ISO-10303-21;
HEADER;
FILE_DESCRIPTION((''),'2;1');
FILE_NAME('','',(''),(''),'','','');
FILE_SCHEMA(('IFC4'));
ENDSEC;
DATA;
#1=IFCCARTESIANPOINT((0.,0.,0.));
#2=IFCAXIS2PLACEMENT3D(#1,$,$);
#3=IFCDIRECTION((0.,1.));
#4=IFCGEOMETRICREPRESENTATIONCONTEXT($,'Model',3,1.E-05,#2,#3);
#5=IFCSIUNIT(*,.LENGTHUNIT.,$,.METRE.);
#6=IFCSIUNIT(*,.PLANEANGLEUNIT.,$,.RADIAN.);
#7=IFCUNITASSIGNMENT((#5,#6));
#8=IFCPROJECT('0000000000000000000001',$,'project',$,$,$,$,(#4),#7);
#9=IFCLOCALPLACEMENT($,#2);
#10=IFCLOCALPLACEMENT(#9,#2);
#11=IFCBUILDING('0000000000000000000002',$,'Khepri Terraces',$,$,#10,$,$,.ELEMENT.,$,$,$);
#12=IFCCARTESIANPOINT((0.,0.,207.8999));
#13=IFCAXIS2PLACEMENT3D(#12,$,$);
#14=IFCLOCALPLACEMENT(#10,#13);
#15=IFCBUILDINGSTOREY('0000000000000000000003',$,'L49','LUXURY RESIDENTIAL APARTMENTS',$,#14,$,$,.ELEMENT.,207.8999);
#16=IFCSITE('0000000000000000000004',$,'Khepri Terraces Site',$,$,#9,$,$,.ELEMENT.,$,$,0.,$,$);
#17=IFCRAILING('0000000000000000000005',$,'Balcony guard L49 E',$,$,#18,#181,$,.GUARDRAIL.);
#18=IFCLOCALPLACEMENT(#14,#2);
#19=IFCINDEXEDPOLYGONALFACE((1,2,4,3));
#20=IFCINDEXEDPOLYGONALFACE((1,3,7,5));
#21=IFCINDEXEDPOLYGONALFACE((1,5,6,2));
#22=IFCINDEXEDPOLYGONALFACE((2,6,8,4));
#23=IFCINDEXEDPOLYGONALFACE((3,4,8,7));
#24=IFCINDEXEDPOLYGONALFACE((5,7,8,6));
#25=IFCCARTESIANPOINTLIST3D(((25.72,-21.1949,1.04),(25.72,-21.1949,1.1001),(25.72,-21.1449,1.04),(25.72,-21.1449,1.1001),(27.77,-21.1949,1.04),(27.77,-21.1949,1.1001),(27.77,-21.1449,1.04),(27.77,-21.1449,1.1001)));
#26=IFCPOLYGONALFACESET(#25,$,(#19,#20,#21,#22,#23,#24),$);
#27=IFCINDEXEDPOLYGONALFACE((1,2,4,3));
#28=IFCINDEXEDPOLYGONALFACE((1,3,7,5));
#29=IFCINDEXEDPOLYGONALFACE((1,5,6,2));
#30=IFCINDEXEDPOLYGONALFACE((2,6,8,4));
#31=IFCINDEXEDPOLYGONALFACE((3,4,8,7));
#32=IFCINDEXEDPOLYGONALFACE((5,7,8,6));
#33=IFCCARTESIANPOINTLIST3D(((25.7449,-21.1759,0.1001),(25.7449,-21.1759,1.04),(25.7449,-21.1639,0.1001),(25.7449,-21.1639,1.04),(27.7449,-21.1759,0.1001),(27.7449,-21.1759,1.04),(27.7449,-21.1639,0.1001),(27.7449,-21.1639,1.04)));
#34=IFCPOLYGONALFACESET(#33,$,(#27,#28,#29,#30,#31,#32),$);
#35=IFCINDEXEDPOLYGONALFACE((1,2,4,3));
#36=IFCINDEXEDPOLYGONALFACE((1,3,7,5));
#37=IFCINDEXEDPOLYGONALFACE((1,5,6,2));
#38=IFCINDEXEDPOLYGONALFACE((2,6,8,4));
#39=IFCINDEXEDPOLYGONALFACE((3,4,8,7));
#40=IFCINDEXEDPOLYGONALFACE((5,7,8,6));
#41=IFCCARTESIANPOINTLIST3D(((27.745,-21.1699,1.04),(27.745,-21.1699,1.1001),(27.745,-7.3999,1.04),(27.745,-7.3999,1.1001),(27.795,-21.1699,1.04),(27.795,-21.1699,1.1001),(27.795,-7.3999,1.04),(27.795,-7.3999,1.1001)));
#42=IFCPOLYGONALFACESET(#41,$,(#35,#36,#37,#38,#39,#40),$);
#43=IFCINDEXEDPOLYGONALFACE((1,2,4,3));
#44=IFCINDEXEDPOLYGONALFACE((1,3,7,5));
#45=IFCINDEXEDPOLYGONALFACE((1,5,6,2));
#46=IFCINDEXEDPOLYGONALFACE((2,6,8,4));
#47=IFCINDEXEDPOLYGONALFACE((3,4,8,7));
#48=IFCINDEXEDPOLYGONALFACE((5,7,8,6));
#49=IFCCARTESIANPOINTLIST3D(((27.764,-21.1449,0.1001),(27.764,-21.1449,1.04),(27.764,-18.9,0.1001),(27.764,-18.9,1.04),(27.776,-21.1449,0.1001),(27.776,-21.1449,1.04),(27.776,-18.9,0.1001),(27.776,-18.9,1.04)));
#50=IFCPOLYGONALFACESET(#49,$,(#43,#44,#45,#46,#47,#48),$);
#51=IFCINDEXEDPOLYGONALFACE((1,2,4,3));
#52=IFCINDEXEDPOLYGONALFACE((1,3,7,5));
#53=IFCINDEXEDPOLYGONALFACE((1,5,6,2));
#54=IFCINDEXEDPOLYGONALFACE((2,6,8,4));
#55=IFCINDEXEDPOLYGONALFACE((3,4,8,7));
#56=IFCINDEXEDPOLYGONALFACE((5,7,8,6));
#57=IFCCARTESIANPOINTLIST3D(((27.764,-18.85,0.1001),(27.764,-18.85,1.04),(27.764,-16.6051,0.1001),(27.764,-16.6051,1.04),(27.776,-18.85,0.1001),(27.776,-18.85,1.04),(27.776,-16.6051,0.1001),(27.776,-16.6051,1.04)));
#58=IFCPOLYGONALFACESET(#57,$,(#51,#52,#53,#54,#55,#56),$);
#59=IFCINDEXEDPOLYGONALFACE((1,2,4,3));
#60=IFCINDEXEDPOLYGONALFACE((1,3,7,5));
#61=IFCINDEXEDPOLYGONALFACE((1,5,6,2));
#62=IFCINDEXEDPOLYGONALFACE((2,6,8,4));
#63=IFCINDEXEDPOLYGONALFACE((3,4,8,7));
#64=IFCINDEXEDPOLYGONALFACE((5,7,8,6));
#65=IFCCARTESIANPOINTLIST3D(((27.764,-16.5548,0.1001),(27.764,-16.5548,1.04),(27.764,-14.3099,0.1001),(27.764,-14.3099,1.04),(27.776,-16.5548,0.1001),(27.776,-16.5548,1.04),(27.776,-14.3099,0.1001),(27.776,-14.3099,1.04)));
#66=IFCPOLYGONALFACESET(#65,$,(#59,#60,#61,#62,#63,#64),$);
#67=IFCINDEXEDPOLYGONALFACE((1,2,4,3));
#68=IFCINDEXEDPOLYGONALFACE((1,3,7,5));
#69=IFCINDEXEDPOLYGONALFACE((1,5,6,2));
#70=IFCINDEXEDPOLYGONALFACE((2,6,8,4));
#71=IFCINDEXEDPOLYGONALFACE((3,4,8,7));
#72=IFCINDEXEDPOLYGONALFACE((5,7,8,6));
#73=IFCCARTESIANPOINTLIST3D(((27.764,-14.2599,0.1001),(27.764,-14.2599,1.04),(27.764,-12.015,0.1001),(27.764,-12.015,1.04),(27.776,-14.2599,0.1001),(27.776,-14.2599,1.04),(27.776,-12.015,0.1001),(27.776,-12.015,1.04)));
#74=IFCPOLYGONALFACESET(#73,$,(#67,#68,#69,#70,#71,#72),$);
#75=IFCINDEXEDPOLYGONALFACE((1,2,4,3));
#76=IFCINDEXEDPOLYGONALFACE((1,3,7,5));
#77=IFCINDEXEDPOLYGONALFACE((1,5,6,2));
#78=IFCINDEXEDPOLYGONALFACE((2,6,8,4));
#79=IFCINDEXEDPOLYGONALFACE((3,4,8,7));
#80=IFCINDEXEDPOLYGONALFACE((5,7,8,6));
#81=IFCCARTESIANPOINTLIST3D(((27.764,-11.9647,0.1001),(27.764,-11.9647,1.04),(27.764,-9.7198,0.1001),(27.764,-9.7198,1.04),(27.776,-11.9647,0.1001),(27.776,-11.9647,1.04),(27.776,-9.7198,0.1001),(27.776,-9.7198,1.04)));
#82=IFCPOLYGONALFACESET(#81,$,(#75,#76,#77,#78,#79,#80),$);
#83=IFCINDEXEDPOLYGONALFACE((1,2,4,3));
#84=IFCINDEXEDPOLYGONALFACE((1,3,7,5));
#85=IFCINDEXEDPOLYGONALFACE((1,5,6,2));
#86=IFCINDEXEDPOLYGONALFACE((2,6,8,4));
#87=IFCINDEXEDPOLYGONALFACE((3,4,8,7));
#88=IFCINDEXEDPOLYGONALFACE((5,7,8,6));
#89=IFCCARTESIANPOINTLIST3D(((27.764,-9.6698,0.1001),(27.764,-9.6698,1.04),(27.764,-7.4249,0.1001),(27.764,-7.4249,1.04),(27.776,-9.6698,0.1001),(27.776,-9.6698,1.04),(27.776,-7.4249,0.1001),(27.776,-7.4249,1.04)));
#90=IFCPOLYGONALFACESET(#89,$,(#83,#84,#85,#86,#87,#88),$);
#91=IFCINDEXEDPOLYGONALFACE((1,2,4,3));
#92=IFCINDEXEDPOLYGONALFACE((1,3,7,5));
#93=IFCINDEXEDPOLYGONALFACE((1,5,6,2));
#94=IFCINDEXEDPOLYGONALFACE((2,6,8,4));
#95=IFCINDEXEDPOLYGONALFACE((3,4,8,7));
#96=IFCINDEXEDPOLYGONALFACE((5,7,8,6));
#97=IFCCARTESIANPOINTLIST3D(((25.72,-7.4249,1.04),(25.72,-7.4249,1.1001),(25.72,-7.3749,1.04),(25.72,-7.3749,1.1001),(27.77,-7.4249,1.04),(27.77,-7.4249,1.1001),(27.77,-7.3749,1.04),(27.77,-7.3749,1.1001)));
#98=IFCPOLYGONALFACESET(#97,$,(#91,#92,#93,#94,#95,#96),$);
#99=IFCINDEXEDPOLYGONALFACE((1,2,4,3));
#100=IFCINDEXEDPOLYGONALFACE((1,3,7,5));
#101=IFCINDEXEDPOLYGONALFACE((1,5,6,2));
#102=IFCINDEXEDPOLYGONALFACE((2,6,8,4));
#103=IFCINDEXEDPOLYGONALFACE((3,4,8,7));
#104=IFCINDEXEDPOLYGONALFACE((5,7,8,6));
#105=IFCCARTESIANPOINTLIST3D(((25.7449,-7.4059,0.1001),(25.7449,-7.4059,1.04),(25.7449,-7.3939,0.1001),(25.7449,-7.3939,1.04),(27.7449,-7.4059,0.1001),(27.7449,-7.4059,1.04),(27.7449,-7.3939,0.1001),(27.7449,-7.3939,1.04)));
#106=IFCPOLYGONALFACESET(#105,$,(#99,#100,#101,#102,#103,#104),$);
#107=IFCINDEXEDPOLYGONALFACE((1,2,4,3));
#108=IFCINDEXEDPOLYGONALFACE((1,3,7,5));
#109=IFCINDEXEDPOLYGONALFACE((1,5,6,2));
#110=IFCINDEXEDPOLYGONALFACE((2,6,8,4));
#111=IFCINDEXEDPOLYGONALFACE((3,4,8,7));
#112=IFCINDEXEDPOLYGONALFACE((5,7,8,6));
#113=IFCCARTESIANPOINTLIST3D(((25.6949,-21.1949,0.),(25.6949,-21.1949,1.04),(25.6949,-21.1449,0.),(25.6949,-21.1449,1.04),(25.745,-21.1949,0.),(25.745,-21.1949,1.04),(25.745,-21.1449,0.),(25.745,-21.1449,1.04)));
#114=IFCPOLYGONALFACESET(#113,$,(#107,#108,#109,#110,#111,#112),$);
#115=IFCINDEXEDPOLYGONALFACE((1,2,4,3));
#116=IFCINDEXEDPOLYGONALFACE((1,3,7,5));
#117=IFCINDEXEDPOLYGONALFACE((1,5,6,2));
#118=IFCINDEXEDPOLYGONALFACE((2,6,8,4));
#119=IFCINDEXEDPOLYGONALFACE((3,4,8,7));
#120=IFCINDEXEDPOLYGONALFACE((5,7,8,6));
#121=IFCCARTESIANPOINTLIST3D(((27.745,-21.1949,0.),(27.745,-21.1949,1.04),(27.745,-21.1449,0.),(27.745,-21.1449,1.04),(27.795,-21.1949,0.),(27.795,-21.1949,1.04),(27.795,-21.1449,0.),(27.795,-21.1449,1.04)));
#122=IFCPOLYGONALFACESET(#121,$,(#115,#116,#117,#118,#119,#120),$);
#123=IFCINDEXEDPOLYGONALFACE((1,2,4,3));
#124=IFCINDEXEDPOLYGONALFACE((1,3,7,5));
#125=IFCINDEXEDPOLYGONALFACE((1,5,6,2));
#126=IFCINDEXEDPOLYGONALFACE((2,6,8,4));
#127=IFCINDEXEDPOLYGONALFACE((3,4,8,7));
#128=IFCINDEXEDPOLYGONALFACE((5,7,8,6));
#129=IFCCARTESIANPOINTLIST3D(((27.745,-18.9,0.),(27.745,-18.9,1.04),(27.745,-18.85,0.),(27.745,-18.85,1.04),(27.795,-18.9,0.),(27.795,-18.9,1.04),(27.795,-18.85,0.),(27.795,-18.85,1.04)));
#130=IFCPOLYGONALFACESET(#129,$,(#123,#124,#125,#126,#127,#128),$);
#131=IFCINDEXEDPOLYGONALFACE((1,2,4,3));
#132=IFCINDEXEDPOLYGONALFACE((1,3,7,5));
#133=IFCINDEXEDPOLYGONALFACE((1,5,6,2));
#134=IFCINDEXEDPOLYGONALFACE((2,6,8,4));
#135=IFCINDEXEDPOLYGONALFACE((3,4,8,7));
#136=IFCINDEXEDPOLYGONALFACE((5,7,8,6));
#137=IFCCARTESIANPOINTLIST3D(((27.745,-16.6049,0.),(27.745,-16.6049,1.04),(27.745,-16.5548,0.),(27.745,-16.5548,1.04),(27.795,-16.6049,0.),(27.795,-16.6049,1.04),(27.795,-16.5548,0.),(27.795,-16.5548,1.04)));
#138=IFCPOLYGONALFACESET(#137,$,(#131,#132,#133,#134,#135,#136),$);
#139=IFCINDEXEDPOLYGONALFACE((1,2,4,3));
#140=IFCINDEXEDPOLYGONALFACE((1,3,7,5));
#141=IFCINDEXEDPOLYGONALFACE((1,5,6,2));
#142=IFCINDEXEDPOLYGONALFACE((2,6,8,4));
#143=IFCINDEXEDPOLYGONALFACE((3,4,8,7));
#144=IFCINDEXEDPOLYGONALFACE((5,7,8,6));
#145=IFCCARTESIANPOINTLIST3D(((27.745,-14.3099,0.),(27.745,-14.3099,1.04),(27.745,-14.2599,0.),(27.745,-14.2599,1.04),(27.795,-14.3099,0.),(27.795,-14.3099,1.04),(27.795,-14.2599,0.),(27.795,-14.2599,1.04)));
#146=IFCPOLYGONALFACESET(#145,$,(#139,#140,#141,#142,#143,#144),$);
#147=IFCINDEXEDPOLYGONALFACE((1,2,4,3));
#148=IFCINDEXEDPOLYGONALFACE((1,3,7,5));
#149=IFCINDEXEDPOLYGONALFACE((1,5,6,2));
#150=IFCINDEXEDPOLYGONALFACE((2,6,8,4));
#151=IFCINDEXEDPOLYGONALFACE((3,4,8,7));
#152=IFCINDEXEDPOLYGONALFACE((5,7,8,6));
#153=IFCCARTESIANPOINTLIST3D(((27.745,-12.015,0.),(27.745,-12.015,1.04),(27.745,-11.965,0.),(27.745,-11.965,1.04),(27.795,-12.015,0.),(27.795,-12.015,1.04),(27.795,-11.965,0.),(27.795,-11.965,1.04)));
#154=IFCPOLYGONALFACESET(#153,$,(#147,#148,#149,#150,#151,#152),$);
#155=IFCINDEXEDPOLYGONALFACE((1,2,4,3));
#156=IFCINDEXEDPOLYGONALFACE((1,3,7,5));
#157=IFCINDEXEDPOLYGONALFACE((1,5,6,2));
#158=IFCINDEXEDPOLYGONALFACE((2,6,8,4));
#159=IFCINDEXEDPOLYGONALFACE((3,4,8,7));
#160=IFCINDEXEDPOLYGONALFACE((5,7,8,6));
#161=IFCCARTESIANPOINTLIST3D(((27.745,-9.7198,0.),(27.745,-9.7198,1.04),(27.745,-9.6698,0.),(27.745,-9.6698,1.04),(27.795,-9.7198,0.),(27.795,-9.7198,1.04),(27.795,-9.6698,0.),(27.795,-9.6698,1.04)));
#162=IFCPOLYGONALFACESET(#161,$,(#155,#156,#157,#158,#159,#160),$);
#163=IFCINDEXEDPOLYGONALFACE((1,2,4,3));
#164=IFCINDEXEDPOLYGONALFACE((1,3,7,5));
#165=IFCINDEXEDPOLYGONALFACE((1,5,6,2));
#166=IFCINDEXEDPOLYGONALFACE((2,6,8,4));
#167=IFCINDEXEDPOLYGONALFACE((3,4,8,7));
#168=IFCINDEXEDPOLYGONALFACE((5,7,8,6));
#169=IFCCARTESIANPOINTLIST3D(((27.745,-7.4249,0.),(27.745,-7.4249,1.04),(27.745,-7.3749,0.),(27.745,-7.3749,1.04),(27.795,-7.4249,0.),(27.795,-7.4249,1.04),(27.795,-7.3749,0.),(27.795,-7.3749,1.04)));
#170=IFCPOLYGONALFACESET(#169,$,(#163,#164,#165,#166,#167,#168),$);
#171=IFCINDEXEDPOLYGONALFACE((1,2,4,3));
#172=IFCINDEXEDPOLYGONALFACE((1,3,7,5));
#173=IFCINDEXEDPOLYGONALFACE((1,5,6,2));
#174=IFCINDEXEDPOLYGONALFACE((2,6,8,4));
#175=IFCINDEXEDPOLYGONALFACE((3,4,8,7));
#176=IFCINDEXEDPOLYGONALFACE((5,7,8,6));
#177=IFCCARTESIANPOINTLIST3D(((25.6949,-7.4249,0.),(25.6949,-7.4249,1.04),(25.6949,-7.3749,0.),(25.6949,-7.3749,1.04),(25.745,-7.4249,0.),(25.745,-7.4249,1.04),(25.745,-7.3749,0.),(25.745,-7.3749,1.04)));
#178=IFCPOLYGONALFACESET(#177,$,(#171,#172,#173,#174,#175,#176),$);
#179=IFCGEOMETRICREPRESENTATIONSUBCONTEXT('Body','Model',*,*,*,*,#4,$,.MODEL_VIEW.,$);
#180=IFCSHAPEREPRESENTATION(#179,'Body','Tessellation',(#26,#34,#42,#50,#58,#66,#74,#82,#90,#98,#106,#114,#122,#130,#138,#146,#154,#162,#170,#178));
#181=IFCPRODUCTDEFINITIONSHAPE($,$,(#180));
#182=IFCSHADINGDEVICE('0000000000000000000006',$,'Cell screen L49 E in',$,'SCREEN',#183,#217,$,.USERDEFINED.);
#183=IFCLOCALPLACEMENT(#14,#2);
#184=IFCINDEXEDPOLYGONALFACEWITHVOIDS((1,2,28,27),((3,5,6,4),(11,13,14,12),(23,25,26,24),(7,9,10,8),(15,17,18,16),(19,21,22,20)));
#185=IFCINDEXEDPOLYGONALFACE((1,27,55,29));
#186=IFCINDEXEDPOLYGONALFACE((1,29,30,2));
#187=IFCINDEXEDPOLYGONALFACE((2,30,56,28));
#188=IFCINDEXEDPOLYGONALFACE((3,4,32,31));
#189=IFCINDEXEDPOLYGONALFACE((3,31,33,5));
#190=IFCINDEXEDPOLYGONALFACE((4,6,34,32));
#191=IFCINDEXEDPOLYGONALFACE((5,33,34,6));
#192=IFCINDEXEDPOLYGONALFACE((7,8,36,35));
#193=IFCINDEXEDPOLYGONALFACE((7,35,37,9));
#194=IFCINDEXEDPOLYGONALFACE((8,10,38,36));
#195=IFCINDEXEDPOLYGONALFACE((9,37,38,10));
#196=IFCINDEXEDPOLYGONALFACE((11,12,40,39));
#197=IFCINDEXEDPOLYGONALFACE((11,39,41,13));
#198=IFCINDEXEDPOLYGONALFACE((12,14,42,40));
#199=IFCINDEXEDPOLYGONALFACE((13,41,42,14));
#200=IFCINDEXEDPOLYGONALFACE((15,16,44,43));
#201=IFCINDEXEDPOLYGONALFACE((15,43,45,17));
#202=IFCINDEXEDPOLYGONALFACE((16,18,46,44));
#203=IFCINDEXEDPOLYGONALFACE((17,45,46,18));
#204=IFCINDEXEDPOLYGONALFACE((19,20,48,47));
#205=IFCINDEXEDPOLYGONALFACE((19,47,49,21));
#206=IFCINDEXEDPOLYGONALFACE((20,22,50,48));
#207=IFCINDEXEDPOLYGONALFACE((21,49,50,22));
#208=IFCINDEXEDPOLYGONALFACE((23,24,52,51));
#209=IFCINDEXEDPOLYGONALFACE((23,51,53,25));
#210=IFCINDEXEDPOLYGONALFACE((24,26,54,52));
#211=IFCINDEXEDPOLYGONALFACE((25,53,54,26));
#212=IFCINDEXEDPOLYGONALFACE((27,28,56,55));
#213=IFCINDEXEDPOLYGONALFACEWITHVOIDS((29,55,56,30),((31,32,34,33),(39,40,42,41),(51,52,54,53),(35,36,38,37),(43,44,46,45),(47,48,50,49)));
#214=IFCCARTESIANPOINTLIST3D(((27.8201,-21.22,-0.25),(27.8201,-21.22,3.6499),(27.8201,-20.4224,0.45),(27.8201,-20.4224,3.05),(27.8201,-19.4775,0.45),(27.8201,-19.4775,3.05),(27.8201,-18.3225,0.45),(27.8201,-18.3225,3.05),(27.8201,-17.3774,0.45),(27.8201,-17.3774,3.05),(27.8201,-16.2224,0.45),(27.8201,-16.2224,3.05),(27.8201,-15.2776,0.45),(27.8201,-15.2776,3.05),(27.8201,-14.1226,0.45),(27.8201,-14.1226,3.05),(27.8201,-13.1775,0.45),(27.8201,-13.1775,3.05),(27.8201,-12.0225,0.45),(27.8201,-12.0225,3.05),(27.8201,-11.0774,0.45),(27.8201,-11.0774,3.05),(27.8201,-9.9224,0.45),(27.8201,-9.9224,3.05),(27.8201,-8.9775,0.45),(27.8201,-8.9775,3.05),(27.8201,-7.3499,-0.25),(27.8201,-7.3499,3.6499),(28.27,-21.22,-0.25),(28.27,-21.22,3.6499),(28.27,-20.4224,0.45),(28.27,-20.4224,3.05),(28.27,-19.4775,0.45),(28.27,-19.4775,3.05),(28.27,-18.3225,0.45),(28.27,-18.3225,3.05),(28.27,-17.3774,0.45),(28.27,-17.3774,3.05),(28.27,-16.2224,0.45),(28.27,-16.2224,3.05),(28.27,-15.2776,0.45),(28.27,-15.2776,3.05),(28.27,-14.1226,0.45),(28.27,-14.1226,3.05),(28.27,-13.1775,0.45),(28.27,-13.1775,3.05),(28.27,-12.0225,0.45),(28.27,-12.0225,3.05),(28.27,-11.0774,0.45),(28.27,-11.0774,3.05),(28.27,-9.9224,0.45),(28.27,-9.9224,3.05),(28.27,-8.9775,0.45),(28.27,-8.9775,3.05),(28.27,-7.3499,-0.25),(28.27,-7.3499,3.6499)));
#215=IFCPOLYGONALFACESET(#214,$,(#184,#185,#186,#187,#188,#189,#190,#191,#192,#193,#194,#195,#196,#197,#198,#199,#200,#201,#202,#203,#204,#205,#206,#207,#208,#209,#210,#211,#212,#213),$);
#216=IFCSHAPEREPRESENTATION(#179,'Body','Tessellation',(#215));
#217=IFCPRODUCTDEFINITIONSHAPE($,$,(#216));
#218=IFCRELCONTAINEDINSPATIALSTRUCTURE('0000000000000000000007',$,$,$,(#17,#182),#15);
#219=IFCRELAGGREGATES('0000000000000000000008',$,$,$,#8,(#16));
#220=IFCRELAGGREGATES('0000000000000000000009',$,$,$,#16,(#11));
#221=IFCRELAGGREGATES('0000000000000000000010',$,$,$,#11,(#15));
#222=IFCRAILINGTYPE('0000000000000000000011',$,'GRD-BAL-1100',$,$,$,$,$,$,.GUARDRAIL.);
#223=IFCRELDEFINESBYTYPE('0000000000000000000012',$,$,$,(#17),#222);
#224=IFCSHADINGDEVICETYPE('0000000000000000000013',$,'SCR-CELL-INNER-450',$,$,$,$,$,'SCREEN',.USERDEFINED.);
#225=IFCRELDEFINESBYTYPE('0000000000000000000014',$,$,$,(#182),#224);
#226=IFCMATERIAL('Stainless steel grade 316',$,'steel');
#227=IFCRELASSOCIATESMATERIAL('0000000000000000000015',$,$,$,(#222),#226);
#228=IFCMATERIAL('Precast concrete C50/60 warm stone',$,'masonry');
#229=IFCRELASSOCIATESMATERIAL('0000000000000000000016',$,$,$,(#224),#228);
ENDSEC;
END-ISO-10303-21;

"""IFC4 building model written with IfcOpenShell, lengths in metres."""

from ifc_helpers import new_model, si_unit, direction, frame, origin, origin_2d, place, context, subcontext, project, spatial, polyline, rectangle, outline, extrude, material, type_object, element, save


model = new_model("IFC4")

# Units and contexts
model_context = context("Model", 3, precision=1e-05, world=origin(), true_north=direction((0.0, 1.0)))
body_context = subcontext(model_context, "Body", "Model", "MODEL_VIEW")
ifc_project = project(units=[si_unit("LENGTHUNIT", "METRE"), si_unit("PLANEANGLEUNIT", "RADIAN")], contexts=[model_context])

# Site, building, storey
site_placement = place(None, origin())
site = spatial("IfcSite", under=ifc_project, at=site_placement, Name="Khepri Terraces Site", CompositionType="ELEMENT", RefElevation=0.0)
building_placement = place(site_placement, origin())
building = spatial("IfcBuilding", under=site, at=building_placement, Name="Khepri Terraces", CompositionType="ELEMENT")
storey_placement = place(building_placement, frame((0.0, 0.0, 207.8999)))
storey = spatial("IfcBuildingStorey", under=building, at=storey_placement, Name="L49", Description="LUXURY RESIDENTIAL APARTMENTS", CompositionType="ELEMENT", Elevation=207.8999)

# Shared definitions
ifc_material_1 = material(Name="Precast concrete C50/60 warm stone", Category="masonry")

# Railing
ifc_material_2 = material(Name="Stainless steel grade 316", Category="steel")
railing_type = type_object("IfcRailingType", Name="GRD-BAL-1100", PredefinedType="GUARDRAIL", material=ifc_material_2)
railing_placement = place(storey_placement, frame((25.72, -21.1699, 0.0)))
element("IfcRailing", 1, at=railing_placement, inside=storey, type_object=railing_type, Name="Balcony guard L49 E", PredefinedType="GUARDRAIL", context=body_context, shape_type="SweptSolid", body=[
    extrude(rectangle(XDim=0.05, YDim=0.0601, at=origin_2d()), frame((0.0, 0.0, 1.0701), z_axis=(1.0, 0.0, 0.0), x_axis=(0.0, 1.0, 0.0)), (0.0, 0.0, 1.0), 2.05),
    extrude(rectangle(XDim=2.0, YDim=0.012, at=origin_2d()), frame((1.0249, 0.0, 0.1001), z_axis=(0.0, 0.0, 1.0), x_axis=(1.0, 0.0, 0.0)), (0.0, 0.0, 1.0), 0.9399),
    extrude(rectangle(XDim=0.05, YDim=0.0601, at=origin_2d()), frame((2.05, 0.0, 1.0701), z_axis=(0.0, 1.0, 0.0), x_axis=(-1.0, 0.0, 0.0)), (0.0, 0.0, 1.0), 13.77),
    extrude(rectangle(XDim=2.2449, YDim=0.012, at=origin_2d()), frame((2.05, 1.1475, 0.1001), z_axis=(0.0, 0.0, 1.0), x_axis=(0.0, 1.0, 0.0)), (0.0, 0.0, 1.0), 0.9399),
    extrude(rectangle(XDim=2.2449, YDim=0.012, at=origin_2d()), frame((2.05, 3.4424, 0.1001), z_axis=(0.0, 0.0, 1.0), x_axis=(0.0, 1.0, 0.0)), (0.0, 0.0, 1.0), 0.9399),
    extrude(rectangle(XDim=2.2449, YDim=0.012, at=origin_2d()), frame((2.05, 5.7375, 0.1001), z_axis=(0.0, 0.0, 1.0), x_axis=(0.0, 1.0, 0.0)), (0.0, 0.0, 1.0), 0.9399),
    extrude(rectangle(XDim=2.2449, YDim=0.012, at=origin_2d()), frame((2.05, 8.0325, 0.1001), z_axis=(0.0, 0.0, 1.0), x_axis=(0.0, 1.0, 0.0)), (0.0, 0.0, 1.0), 0.9399),
    extrude(rectangle(XDim=2.2449, YDim=0.012, at=origin_2d()), frame((2.05, 10.3276, 0.1001), z_axis=(0.0, 0.0, 1.0), x_axis=(0.0, 1.0, 0.0)), (0.0, 0.0, 1.0), 0.9399),
    extrude(rectangle(XDim=2.2449, YDim=0.012, at=origin_2d()), frame((2.05, 12.6226, 0.1001), z_axis=(0.0, 0.0, 1.0), x_axis=(0.0, 1.0, 0.0)), (0.0, 0.0, 1.0), 0.9399),
    extrude(rectangle(XDim=0.05, YDim=0.0601, at=origin_2d()), frame((2.05, 13.77, 1.0701), z_axis=(-1.0, 0.0, 0.0), x_axis=(0.0, -1.0, 0.0)), (0.0, 0.0, 1.0), 2.05),
    extrude(rectangle(XDim=2.0, YDim=0.012, at=origin_2d()), frame((1.0249, 13.77, 0.1001), z_axis=(0.0, 0.0, 1.0), x_axis=(-1.0, 0.0, 0.0)), (0.0, 0.0, 1.0), 0.9399),
    extrude(rectangle(XDim=0.05, YDim=0.05, at=origin_2d()), origin(), (0.0, 0.0, 1.0), 1.04),
    extrude(rectangle(XDim=0.05, YDim=0.05, at=origin_2d()), frame((2.05, 0.0, 0.0)), (0.0, 0.0, 1.0), 1.04),
    extrude(rectangle(XDim=0.05, YDim=0.05, at=origin_2d()), frame((2.05, 2.2949, 0.0)), (0.0, 0.0, 1.0), 1.04),
    extrude(rectangle(XDim=0.05, YDim=0.05, at=origin_2d()), frame((2.05, 4.5901, 0.0)), (0.0, 0.0, 1.0), 1.04),
    extrude(rectangle(XDim=0.05, YDim=0.05, at=origin_2d()), frame((2.05, 6.885, 0.0)), (0.0, 0.0, 1.0), 1.04),
    extrude(rectangle(XDim=0.05, YDim=0.05, at=origin_2d()), frame((2.05, 9.1799, 0.0)), (0.0, 0.0, 1.0), 1.04),
    extrude(rectangle(XDim=0.05, YDim=0.05, at=origin_2d()), frame((2.05, 11.4751, 0.0)), (0.0, 0.0, 1.0), 1.04),
    extrude(rectangle(XDim=0.05, YDim=0.05, at=origin_2d()), frame((2.05, 13.77, 0.0)), (0.0, 0.0, 1.0), 1.04),
    extrude(rectangle(XDim=0.05, YDim=0.05, at=origin_2d()), frame((0.0, 13.77, 0.0)), (0.0, 0.0, 1.0), 1.04),
])

# Shading device
shading_device_type_1 = type_object("IfcShadingDeviceType", Name="SCR-CELL-INNER-450", ElementType="SCREEN", PredefinedType="USERDEFINED", material=ifc_material_1)
shading_device_1_placement = place(storey_placement, frame((27.8201, -21.22, -0.25), z_axis=(1.0, 0.0, 0.0), x_axis=(0.0, 1.0, 0.0)))
element("IfcShadingDevice", 2, at=shading_device_1_placement, inside=storey, type_object=shading_device_type_1, Name="Cell screen L49 E in", ObjectType="SCREEN", PredefinedType="USERDEFINED", context=body_context, shape_type="SweptSolid", body=[
    extrude(outline(polyline([(0.0, 0.0), (13.8701, 0.0), (13.8701, 3.8999), (0.0, 3.8999), (0.0, 0.0)]), holes=[polyline([(0.7976, 0.7), (1.7424, 0.7), (1.7424, 3.3), (0.7976, 3.3), (0.7976, 0.7)]), polyline([(2.8975, 0.7), (3.8425, 0.7), (3.8425, 3.3), (2.8975, 3.3), (2.8975, 0.7)]), polyline([(4.9976, 0.7), (5.9424, 0.7), (5.9424, 3.3), (4.9976, 3.3), (4.9976, 0.7)]), polyline([(7.0974, 0.7), (8.0425, 0.7), (8.0425, 3.3), (7.0974, 3.3), (7.0974, 0.7)]), polyline([(9.1975, 0.7), (10.1426, 0.7), (10.1426, 3.3), (9.1975, 3.3), (9.1975, 0.7)]), polyline([(11.2976, 0.7), (12.2424, 0.7), (12.2424, 3.3), (11.2976, 3.3), (11.2976, 0.7)])]), origin(), (0.0, 0.0, 1.0), 0.45),
])

save(model, "model.ifc")
